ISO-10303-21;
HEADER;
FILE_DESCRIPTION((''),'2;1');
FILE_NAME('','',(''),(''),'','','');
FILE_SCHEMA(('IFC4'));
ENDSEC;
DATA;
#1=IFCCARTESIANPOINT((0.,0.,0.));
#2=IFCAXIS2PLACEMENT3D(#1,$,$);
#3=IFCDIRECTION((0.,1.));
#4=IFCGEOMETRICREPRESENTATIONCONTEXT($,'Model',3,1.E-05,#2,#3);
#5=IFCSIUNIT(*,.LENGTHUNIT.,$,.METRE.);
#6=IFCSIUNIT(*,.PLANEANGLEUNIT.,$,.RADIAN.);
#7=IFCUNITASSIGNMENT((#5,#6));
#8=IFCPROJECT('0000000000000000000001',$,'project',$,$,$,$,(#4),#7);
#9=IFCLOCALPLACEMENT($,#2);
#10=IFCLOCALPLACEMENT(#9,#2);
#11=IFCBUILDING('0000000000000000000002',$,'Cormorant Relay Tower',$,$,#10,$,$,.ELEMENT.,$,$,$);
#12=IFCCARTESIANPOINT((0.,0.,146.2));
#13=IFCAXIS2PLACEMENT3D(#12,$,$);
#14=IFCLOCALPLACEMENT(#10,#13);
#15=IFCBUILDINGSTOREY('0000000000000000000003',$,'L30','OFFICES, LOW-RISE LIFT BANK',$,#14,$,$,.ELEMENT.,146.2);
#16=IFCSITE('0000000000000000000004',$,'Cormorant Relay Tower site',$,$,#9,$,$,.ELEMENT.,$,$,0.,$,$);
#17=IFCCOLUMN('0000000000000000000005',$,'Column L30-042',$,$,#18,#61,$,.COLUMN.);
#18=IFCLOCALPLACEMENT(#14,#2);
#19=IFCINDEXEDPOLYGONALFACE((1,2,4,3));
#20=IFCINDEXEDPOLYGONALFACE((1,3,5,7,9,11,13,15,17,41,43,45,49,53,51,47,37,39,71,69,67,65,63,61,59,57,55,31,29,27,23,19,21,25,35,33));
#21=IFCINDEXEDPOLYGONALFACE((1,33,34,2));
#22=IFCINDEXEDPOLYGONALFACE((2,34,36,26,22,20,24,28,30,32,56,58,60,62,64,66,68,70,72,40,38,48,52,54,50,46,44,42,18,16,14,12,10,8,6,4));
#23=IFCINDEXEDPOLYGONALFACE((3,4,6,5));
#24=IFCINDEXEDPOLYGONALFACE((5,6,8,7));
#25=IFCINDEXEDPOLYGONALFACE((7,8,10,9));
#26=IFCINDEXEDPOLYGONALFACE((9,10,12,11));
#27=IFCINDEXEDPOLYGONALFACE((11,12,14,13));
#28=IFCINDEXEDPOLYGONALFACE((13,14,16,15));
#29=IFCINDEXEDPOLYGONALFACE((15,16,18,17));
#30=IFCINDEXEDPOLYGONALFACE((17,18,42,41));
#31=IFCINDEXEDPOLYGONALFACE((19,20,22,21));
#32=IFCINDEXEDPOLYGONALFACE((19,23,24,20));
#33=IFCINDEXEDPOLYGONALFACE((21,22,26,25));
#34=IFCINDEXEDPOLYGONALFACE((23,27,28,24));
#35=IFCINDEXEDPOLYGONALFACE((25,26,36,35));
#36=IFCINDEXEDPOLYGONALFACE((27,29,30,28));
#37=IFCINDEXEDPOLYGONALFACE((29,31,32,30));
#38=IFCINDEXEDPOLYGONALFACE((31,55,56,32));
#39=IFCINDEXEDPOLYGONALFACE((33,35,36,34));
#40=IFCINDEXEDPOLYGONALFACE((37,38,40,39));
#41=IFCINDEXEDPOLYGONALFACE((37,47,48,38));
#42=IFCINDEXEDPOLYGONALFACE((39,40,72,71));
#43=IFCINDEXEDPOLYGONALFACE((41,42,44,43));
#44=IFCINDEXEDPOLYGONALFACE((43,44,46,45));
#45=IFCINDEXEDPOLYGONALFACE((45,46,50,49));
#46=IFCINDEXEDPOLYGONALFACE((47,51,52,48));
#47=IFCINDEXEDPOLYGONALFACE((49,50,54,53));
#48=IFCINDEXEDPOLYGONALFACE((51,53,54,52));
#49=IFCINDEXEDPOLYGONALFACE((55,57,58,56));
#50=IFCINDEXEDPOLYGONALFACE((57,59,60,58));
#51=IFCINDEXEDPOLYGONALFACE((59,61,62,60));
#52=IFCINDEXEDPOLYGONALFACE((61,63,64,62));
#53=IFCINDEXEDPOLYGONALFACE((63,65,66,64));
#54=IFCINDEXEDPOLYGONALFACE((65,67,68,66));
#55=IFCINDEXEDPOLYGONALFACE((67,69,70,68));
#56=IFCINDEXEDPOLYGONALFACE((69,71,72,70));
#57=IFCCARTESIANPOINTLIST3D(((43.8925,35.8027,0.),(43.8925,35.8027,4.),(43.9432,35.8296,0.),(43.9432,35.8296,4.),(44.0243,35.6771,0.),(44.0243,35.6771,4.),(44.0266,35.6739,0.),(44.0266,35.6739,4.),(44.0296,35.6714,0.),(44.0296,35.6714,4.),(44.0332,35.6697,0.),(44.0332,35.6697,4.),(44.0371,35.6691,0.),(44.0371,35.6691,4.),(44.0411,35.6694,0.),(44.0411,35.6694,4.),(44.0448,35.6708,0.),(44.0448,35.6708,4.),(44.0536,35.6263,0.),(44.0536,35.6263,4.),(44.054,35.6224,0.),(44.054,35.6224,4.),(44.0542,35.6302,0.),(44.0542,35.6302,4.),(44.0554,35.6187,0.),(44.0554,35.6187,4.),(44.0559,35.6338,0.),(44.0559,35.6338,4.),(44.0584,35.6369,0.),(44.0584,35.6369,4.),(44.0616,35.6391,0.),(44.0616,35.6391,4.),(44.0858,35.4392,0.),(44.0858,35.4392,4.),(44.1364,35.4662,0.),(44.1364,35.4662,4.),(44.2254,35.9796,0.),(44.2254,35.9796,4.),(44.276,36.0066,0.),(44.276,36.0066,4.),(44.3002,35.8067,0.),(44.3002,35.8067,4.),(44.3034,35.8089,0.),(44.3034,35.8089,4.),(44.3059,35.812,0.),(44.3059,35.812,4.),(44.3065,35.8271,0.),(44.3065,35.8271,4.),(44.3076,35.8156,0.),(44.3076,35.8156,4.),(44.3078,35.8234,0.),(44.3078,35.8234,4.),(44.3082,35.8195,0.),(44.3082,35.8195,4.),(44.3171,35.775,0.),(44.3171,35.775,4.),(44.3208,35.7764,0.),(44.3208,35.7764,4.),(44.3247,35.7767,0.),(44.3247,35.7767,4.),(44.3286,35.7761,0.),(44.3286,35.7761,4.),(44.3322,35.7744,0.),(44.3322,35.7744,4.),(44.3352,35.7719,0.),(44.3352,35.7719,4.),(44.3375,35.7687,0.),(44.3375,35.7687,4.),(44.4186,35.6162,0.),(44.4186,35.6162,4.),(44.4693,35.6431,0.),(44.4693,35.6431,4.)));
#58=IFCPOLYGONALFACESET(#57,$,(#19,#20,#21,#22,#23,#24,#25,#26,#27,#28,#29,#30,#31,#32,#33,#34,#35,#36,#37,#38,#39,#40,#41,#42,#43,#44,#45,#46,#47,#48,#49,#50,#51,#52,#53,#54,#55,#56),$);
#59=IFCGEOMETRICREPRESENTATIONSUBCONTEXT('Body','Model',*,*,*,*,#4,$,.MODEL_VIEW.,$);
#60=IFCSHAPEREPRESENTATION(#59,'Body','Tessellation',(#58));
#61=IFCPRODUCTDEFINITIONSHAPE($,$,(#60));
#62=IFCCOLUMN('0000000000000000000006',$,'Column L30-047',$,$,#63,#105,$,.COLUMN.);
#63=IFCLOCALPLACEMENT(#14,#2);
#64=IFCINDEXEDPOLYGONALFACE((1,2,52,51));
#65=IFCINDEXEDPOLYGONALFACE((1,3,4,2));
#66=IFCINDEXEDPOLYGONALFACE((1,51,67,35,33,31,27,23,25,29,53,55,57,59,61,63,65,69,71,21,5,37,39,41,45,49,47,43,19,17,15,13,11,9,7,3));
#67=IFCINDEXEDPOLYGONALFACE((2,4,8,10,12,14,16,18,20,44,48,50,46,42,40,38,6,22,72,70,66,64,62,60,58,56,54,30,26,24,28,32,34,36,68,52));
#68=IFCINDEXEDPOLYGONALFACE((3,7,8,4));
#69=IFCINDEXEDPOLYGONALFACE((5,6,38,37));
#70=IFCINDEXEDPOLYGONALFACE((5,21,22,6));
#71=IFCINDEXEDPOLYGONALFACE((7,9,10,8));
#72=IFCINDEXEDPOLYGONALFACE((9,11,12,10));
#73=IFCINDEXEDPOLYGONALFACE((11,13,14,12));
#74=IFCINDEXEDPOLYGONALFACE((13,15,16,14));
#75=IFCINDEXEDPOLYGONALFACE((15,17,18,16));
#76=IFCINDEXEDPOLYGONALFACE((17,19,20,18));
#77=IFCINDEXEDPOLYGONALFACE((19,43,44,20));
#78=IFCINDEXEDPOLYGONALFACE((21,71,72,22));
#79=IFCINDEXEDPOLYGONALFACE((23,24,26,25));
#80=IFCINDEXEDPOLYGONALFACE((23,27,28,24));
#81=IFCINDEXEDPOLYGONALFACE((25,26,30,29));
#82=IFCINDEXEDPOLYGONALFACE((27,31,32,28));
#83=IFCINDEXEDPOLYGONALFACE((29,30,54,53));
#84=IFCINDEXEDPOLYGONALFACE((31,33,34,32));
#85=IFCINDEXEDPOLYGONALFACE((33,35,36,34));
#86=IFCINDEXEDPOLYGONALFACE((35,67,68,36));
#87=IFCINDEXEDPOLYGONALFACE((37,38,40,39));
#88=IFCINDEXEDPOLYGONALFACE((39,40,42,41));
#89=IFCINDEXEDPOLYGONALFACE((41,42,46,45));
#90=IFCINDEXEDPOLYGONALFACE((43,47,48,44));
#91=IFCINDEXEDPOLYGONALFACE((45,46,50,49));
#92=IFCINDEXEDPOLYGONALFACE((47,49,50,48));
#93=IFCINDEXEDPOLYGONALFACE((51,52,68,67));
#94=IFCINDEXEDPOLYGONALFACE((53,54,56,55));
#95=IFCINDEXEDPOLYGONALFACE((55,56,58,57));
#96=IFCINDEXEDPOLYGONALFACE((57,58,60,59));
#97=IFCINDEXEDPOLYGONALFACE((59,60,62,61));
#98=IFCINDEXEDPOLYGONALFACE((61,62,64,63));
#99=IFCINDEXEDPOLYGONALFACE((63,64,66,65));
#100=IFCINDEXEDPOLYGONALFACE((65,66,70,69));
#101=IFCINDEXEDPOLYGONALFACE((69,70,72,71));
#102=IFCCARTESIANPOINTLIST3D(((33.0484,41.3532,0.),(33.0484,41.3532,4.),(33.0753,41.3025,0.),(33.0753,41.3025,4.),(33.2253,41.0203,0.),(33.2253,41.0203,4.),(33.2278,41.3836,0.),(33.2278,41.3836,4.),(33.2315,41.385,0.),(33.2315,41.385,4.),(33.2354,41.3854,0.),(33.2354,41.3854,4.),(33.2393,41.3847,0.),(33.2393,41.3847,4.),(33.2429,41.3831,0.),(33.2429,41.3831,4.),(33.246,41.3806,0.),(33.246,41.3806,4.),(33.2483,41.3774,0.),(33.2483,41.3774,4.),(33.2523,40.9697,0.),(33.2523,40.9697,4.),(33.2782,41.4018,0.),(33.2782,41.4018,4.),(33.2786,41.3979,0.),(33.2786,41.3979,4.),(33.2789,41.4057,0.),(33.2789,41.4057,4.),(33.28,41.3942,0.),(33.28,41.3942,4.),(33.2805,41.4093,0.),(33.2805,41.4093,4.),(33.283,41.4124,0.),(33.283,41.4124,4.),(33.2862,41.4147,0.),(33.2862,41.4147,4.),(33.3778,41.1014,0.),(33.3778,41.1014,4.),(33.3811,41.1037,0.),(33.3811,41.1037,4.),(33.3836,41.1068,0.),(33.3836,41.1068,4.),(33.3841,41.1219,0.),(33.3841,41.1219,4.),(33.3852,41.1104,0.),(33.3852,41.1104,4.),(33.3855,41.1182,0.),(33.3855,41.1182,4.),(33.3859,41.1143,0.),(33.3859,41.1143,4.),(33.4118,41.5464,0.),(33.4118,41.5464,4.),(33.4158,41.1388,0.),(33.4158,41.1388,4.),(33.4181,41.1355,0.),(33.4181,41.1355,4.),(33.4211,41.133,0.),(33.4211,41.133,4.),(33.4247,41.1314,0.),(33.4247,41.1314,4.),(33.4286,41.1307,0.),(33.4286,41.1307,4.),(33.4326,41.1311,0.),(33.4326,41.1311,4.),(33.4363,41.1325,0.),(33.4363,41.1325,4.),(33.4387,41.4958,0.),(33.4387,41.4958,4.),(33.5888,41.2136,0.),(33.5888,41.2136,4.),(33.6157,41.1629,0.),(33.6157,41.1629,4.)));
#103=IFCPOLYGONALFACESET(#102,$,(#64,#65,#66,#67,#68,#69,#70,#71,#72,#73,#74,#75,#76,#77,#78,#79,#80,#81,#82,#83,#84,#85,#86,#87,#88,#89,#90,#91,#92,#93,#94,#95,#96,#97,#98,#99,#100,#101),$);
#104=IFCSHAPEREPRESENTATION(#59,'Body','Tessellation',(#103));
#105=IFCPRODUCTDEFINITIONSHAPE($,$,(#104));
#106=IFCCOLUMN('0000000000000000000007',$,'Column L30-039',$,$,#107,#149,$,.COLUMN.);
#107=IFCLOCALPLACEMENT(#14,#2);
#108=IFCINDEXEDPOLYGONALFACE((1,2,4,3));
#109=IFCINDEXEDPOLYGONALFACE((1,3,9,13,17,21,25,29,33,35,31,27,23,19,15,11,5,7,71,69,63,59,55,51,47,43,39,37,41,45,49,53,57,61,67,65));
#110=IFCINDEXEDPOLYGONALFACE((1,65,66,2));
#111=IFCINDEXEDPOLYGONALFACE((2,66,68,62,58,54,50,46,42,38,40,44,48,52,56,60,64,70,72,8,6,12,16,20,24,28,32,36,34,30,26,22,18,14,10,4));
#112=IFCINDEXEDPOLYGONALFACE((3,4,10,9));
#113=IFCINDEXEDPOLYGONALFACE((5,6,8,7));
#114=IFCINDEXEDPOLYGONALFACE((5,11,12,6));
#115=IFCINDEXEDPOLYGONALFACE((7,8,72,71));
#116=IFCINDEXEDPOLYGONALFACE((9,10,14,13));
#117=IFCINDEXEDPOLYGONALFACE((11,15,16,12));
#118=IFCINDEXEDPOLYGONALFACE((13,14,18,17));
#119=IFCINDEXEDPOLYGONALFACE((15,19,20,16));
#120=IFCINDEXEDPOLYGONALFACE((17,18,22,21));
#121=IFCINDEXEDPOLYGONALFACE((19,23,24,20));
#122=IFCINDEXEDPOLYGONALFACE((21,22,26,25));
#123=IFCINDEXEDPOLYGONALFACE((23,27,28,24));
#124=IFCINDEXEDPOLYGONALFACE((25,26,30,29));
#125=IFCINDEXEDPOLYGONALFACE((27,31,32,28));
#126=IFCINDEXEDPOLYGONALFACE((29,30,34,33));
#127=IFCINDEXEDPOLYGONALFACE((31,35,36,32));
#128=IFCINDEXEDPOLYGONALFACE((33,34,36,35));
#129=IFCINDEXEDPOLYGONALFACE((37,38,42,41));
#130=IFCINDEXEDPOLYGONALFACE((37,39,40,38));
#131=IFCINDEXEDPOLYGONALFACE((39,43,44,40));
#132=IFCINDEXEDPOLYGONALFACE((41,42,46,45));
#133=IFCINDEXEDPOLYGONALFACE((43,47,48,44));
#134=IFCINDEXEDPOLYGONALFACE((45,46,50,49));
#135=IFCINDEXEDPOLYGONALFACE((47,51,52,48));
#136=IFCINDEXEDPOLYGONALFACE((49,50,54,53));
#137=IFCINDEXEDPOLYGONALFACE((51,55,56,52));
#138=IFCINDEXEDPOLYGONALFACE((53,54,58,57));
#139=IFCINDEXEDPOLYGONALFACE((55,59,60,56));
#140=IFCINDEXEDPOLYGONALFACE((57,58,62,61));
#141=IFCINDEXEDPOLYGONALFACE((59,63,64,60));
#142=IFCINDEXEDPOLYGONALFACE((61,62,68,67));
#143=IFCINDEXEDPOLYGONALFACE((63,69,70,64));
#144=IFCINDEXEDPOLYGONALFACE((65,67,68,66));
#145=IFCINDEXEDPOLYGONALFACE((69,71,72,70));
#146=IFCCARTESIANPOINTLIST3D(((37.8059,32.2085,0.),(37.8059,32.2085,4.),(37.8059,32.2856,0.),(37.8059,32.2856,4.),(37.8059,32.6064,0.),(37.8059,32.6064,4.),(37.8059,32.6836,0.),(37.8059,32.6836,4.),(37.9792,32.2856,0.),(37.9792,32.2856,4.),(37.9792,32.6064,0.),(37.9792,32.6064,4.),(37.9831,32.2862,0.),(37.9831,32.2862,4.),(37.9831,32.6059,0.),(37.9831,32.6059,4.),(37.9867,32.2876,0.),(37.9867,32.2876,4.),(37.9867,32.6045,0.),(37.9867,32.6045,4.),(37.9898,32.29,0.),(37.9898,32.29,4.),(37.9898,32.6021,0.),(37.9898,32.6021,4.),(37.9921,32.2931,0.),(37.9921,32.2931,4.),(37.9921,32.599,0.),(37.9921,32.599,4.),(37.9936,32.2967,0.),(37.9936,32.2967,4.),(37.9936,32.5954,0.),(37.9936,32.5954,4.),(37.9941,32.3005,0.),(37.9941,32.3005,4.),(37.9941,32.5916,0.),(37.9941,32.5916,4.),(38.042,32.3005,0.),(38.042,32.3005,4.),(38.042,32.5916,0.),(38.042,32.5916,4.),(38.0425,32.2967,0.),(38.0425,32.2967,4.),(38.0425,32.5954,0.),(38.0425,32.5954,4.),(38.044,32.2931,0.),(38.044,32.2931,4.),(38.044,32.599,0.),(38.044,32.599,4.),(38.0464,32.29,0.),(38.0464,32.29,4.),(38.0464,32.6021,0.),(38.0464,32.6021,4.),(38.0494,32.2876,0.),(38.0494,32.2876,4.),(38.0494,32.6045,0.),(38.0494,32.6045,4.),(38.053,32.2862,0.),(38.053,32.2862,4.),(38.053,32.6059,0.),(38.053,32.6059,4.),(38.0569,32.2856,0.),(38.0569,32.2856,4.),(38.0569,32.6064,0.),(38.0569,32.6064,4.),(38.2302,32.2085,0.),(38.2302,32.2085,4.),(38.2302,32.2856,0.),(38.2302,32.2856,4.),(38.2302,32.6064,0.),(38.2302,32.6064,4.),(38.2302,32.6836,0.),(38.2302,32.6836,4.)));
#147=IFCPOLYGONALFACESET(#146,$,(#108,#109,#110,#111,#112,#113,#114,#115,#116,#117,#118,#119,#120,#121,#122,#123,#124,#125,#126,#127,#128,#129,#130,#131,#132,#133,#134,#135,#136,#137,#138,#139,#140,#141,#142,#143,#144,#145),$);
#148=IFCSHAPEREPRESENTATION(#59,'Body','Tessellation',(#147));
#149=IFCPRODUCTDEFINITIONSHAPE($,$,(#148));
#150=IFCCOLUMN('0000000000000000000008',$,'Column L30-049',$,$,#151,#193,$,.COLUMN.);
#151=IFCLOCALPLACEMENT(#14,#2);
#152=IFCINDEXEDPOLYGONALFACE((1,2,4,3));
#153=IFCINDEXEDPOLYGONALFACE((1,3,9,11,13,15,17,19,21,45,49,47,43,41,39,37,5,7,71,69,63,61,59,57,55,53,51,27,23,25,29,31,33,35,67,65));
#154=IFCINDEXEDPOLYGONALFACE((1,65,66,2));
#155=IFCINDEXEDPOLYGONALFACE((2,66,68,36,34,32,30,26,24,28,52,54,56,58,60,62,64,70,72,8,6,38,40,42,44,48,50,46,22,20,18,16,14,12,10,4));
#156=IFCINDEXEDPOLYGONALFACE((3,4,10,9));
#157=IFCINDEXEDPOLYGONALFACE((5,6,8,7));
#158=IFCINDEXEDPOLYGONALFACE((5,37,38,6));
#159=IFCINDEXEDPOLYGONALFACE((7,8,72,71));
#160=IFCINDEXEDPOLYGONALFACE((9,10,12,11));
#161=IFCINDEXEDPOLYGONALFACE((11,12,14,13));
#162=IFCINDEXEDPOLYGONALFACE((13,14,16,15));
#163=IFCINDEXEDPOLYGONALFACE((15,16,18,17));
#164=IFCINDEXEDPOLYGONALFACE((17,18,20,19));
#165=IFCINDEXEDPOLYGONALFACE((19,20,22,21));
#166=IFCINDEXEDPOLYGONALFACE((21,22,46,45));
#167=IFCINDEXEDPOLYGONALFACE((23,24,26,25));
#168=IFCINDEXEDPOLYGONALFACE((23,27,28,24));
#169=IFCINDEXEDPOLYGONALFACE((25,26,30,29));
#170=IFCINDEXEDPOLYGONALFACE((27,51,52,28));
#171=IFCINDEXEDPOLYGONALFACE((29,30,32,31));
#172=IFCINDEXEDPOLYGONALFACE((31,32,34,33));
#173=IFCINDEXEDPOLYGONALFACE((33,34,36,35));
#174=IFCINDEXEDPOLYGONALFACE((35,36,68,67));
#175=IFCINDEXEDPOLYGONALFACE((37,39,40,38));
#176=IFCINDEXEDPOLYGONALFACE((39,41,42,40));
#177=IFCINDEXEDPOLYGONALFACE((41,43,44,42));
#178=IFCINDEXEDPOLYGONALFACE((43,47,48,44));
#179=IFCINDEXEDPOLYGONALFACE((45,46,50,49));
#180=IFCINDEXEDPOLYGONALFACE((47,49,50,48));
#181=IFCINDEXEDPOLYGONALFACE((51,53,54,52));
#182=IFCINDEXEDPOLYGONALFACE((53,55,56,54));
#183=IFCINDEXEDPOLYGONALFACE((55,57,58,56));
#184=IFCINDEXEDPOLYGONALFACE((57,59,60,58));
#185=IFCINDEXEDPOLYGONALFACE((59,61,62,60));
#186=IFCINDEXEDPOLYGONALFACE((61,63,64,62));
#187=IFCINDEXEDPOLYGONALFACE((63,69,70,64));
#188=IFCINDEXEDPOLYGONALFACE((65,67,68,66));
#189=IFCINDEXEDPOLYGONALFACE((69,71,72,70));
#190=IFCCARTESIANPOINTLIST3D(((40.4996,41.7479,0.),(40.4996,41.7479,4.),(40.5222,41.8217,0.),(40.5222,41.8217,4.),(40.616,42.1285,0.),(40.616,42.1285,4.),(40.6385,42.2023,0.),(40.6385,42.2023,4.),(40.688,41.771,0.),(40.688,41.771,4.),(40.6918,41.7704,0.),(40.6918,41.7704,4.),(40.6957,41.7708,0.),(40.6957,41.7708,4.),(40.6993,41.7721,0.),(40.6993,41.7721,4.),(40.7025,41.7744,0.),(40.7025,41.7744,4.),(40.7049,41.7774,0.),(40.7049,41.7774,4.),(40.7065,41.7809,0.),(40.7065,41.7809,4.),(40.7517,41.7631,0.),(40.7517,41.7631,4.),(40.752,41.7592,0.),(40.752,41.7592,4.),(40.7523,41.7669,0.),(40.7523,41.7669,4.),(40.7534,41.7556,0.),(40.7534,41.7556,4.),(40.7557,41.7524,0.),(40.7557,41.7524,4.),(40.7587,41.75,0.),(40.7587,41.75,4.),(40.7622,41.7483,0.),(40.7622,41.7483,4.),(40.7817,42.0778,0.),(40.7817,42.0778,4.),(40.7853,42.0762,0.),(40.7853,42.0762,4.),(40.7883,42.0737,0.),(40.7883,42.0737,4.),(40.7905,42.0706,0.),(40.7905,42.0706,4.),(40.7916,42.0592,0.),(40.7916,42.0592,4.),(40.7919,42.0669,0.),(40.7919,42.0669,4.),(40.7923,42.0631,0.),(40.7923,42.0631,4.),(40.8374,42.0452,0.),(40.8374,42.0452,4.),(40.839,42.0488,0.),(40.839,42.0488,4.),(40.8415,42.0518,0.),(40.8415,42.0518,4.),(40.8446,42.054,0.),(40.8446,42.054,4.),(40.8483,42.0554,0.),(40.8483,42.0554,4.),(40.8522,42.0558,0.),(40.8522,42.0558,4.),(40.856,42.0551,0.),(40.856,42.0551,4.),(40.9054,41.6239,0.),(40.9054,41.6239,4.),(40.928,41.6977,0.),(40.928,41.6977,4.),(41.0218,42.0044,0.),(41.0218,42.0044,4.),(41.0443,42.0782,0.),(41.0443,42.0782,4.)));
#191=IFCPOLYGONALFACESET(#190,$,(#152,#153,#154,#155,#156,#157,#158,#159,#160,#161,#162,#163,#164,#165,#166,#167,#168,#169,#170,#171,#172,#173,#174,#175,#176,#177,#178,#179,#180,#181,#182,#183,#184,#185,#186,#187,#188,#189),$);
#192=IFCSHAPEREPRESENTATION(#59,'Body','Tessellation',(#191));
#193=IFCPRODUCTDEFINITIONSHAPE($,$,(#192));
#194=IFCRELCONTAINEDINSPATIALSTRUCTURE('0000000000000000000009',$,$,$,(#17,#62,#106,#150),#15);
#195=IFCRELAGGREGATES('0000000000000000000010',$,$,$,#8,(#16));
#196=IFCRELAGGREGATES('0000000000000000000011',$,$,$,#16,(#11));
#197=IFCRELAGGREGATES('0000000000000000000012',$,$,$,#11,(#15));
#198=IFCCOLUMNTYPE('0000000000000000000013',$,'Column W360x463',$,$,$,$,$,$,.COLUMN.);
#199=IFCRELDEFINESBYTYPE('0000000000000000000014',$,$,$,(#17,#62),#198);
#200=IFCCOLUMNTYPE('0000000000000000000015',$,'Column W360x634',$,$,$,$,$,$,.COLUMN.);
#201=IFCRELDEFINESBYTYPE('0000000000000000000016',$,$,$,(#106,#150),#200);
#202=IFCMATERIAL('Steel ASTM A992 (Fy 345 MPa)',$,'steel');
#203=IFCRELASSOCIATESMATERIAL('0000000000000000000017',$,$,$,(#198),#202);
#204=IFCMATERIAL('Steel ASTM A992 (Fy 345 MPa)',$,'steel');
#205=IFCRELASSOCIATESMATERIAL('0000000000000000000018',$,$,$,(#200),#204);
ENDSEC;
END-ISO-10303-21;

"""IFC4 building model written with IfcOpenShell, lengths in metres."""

from ifc_helpers import new_model, si_unit, direction, frame, origin, origin_2d, place, context, subcontext, project, spatial, i_section, extrude, material, material_profile, profile_set, type_object, element, save


model = new_model("IFC4")

# Units and contexts
model_context = context("Model", 3, precision=1e-05, world=origin(), true_north=direction((0.0, 1.0)))
body_context = subcontext(model_context, "Body", "Model", "MODEL_VIEW")
ifc_project = project(units=[si_unit("LENGTHUNIT", "METRE"), si_unit("PLANEANGLEUNIT", "RADIAN")], contexts=[model_context])

# Site, building, storey
site_placement = place(None, origin())
site = spatial("IfcSite", under=ifc_project, at=site_placement, Name="Cormorant Relay Tower site", CompositionType="ELEMENT", RefElevation=0.0)
building_placement = place(site_placement, origin())
building = spatial("IfcBuilding", under=site, at=building_placement, Name="Cormorant Relay Tower", CompositionType="ELEMENT")
storey_placement = place(building_placement, frame((0.0, 0.0, 146.2)))
storey = spatial("IfcBuildingStorey", under=building, at=storey_placement, Name="L30", Description="OFFICES, LOW-RISE LIFT BANK", CompositionType="ELEMENT", Elevation=146.2)

# Columns
ifc_material_1 = material(Name="Steel ASTM A992 (Fy 345 MPa)", Category="steel")
ifc_material_profile_1 = material_profile(ifc_material_1, i_section(OverallWidth=0.4116, OverallDepth=0.4343, WebThickness=0.0359, FlangeThickness=0.0574, FilletRadius=0.0151, at=origin_2d()), Name="W360x463")
ifc_profile_set_1 = profile_set([ifc_material_profile_1], Name="Steel ASTM A992 (Fy 345 MPa)")
column_type_1 = type_object("IfcColumnType", Name="Column W360x463", PredefinedType="COLUMN", material=ifc_profile_set_1)
for number, where, z_axis, x_axis, name in (
    (1, (44.1809, 35.7229, 0.0), (0.0, 0.0, 1.0), (-0.469472, 0.882948, 0.0), "Column L30-042"),
    (2, (33.332, 41.2581, 0.0), (0.0, 0.0, 1.0), (-0.882948, -0.469472, 0.0), "Column L30-047"),
):
    element("IfcColumn", number, at=place(storey_placement, frame(where, z_axis=z_axis, x_axis=x_axis)), inside=storey, type_object=column_type_1, Name=name, PredefinedType="COLUMN", context=body_context, shape_type="SweptSolid", body=[
        extrude(i_section(OverallWidth=0.4116, OverallDepth=0.4343, WebThickness=0.0359, FlangeThickness=0.0574, FilletRadius=0.0151, at=origin_2d()), origin(), (0.0, 0.0, 1.0), 4.0),
    ])
ifc_material_2 = material(Name="Steel ASTM A992 (Fy 345 MPa)", Category="steel")
ifc_material_profile_2 = material_profile(ifc_material_2, i_section(OverallWidth=0.4243, OverallDepth=0.4751, WebThickness=0.0479, FlangeThickness=0.0771, FilletRadius=0.0149, at=origin_2d()), Name="W360x634")
ifc_profile_set_2 = profile_set([ifc_material_profile_2], Name="Steel ASTM A992 (Fy 345 MPa)")
column_type_2 = type_object("IfcColumnType", Name="Column W360x634", PredefinedType="COLUMN", material=ifc_profile_set_2)
for number, where, z_axis, x_axis, name in (
    (3, (38.0181, 32.446, 0.0), (0.0, 0.0, 1.0), (1.0, 0.0, 0.0), "Column L30-039"),
    (4, (40.772, 41.9131, 0.0), (0.0, 0.0, 1.0), (-0.956305, 0.292372, 0.0), "Column L30-049"),
):
    element("IfcColumn", number, at=place(storey_placement, frame(where, z_axis=z_axis, x_axis=x_axis)), inside=storey, type_object=column_type_2, Name=name, PredefinedType="COLUMN", context=body_context, shape_type="SweptSolid", body=[
        extrude(i_section(OverallWidth=0.4243, OverallDepth=0.4751, WebThickness=0.0479, FlangeThickness=0.0771, FilletRadius=0.0149, at=origin_2d()), origin(), (0.0, 0.0, 1.0), 4.0),
    ])

save(model, "model.ifc")
